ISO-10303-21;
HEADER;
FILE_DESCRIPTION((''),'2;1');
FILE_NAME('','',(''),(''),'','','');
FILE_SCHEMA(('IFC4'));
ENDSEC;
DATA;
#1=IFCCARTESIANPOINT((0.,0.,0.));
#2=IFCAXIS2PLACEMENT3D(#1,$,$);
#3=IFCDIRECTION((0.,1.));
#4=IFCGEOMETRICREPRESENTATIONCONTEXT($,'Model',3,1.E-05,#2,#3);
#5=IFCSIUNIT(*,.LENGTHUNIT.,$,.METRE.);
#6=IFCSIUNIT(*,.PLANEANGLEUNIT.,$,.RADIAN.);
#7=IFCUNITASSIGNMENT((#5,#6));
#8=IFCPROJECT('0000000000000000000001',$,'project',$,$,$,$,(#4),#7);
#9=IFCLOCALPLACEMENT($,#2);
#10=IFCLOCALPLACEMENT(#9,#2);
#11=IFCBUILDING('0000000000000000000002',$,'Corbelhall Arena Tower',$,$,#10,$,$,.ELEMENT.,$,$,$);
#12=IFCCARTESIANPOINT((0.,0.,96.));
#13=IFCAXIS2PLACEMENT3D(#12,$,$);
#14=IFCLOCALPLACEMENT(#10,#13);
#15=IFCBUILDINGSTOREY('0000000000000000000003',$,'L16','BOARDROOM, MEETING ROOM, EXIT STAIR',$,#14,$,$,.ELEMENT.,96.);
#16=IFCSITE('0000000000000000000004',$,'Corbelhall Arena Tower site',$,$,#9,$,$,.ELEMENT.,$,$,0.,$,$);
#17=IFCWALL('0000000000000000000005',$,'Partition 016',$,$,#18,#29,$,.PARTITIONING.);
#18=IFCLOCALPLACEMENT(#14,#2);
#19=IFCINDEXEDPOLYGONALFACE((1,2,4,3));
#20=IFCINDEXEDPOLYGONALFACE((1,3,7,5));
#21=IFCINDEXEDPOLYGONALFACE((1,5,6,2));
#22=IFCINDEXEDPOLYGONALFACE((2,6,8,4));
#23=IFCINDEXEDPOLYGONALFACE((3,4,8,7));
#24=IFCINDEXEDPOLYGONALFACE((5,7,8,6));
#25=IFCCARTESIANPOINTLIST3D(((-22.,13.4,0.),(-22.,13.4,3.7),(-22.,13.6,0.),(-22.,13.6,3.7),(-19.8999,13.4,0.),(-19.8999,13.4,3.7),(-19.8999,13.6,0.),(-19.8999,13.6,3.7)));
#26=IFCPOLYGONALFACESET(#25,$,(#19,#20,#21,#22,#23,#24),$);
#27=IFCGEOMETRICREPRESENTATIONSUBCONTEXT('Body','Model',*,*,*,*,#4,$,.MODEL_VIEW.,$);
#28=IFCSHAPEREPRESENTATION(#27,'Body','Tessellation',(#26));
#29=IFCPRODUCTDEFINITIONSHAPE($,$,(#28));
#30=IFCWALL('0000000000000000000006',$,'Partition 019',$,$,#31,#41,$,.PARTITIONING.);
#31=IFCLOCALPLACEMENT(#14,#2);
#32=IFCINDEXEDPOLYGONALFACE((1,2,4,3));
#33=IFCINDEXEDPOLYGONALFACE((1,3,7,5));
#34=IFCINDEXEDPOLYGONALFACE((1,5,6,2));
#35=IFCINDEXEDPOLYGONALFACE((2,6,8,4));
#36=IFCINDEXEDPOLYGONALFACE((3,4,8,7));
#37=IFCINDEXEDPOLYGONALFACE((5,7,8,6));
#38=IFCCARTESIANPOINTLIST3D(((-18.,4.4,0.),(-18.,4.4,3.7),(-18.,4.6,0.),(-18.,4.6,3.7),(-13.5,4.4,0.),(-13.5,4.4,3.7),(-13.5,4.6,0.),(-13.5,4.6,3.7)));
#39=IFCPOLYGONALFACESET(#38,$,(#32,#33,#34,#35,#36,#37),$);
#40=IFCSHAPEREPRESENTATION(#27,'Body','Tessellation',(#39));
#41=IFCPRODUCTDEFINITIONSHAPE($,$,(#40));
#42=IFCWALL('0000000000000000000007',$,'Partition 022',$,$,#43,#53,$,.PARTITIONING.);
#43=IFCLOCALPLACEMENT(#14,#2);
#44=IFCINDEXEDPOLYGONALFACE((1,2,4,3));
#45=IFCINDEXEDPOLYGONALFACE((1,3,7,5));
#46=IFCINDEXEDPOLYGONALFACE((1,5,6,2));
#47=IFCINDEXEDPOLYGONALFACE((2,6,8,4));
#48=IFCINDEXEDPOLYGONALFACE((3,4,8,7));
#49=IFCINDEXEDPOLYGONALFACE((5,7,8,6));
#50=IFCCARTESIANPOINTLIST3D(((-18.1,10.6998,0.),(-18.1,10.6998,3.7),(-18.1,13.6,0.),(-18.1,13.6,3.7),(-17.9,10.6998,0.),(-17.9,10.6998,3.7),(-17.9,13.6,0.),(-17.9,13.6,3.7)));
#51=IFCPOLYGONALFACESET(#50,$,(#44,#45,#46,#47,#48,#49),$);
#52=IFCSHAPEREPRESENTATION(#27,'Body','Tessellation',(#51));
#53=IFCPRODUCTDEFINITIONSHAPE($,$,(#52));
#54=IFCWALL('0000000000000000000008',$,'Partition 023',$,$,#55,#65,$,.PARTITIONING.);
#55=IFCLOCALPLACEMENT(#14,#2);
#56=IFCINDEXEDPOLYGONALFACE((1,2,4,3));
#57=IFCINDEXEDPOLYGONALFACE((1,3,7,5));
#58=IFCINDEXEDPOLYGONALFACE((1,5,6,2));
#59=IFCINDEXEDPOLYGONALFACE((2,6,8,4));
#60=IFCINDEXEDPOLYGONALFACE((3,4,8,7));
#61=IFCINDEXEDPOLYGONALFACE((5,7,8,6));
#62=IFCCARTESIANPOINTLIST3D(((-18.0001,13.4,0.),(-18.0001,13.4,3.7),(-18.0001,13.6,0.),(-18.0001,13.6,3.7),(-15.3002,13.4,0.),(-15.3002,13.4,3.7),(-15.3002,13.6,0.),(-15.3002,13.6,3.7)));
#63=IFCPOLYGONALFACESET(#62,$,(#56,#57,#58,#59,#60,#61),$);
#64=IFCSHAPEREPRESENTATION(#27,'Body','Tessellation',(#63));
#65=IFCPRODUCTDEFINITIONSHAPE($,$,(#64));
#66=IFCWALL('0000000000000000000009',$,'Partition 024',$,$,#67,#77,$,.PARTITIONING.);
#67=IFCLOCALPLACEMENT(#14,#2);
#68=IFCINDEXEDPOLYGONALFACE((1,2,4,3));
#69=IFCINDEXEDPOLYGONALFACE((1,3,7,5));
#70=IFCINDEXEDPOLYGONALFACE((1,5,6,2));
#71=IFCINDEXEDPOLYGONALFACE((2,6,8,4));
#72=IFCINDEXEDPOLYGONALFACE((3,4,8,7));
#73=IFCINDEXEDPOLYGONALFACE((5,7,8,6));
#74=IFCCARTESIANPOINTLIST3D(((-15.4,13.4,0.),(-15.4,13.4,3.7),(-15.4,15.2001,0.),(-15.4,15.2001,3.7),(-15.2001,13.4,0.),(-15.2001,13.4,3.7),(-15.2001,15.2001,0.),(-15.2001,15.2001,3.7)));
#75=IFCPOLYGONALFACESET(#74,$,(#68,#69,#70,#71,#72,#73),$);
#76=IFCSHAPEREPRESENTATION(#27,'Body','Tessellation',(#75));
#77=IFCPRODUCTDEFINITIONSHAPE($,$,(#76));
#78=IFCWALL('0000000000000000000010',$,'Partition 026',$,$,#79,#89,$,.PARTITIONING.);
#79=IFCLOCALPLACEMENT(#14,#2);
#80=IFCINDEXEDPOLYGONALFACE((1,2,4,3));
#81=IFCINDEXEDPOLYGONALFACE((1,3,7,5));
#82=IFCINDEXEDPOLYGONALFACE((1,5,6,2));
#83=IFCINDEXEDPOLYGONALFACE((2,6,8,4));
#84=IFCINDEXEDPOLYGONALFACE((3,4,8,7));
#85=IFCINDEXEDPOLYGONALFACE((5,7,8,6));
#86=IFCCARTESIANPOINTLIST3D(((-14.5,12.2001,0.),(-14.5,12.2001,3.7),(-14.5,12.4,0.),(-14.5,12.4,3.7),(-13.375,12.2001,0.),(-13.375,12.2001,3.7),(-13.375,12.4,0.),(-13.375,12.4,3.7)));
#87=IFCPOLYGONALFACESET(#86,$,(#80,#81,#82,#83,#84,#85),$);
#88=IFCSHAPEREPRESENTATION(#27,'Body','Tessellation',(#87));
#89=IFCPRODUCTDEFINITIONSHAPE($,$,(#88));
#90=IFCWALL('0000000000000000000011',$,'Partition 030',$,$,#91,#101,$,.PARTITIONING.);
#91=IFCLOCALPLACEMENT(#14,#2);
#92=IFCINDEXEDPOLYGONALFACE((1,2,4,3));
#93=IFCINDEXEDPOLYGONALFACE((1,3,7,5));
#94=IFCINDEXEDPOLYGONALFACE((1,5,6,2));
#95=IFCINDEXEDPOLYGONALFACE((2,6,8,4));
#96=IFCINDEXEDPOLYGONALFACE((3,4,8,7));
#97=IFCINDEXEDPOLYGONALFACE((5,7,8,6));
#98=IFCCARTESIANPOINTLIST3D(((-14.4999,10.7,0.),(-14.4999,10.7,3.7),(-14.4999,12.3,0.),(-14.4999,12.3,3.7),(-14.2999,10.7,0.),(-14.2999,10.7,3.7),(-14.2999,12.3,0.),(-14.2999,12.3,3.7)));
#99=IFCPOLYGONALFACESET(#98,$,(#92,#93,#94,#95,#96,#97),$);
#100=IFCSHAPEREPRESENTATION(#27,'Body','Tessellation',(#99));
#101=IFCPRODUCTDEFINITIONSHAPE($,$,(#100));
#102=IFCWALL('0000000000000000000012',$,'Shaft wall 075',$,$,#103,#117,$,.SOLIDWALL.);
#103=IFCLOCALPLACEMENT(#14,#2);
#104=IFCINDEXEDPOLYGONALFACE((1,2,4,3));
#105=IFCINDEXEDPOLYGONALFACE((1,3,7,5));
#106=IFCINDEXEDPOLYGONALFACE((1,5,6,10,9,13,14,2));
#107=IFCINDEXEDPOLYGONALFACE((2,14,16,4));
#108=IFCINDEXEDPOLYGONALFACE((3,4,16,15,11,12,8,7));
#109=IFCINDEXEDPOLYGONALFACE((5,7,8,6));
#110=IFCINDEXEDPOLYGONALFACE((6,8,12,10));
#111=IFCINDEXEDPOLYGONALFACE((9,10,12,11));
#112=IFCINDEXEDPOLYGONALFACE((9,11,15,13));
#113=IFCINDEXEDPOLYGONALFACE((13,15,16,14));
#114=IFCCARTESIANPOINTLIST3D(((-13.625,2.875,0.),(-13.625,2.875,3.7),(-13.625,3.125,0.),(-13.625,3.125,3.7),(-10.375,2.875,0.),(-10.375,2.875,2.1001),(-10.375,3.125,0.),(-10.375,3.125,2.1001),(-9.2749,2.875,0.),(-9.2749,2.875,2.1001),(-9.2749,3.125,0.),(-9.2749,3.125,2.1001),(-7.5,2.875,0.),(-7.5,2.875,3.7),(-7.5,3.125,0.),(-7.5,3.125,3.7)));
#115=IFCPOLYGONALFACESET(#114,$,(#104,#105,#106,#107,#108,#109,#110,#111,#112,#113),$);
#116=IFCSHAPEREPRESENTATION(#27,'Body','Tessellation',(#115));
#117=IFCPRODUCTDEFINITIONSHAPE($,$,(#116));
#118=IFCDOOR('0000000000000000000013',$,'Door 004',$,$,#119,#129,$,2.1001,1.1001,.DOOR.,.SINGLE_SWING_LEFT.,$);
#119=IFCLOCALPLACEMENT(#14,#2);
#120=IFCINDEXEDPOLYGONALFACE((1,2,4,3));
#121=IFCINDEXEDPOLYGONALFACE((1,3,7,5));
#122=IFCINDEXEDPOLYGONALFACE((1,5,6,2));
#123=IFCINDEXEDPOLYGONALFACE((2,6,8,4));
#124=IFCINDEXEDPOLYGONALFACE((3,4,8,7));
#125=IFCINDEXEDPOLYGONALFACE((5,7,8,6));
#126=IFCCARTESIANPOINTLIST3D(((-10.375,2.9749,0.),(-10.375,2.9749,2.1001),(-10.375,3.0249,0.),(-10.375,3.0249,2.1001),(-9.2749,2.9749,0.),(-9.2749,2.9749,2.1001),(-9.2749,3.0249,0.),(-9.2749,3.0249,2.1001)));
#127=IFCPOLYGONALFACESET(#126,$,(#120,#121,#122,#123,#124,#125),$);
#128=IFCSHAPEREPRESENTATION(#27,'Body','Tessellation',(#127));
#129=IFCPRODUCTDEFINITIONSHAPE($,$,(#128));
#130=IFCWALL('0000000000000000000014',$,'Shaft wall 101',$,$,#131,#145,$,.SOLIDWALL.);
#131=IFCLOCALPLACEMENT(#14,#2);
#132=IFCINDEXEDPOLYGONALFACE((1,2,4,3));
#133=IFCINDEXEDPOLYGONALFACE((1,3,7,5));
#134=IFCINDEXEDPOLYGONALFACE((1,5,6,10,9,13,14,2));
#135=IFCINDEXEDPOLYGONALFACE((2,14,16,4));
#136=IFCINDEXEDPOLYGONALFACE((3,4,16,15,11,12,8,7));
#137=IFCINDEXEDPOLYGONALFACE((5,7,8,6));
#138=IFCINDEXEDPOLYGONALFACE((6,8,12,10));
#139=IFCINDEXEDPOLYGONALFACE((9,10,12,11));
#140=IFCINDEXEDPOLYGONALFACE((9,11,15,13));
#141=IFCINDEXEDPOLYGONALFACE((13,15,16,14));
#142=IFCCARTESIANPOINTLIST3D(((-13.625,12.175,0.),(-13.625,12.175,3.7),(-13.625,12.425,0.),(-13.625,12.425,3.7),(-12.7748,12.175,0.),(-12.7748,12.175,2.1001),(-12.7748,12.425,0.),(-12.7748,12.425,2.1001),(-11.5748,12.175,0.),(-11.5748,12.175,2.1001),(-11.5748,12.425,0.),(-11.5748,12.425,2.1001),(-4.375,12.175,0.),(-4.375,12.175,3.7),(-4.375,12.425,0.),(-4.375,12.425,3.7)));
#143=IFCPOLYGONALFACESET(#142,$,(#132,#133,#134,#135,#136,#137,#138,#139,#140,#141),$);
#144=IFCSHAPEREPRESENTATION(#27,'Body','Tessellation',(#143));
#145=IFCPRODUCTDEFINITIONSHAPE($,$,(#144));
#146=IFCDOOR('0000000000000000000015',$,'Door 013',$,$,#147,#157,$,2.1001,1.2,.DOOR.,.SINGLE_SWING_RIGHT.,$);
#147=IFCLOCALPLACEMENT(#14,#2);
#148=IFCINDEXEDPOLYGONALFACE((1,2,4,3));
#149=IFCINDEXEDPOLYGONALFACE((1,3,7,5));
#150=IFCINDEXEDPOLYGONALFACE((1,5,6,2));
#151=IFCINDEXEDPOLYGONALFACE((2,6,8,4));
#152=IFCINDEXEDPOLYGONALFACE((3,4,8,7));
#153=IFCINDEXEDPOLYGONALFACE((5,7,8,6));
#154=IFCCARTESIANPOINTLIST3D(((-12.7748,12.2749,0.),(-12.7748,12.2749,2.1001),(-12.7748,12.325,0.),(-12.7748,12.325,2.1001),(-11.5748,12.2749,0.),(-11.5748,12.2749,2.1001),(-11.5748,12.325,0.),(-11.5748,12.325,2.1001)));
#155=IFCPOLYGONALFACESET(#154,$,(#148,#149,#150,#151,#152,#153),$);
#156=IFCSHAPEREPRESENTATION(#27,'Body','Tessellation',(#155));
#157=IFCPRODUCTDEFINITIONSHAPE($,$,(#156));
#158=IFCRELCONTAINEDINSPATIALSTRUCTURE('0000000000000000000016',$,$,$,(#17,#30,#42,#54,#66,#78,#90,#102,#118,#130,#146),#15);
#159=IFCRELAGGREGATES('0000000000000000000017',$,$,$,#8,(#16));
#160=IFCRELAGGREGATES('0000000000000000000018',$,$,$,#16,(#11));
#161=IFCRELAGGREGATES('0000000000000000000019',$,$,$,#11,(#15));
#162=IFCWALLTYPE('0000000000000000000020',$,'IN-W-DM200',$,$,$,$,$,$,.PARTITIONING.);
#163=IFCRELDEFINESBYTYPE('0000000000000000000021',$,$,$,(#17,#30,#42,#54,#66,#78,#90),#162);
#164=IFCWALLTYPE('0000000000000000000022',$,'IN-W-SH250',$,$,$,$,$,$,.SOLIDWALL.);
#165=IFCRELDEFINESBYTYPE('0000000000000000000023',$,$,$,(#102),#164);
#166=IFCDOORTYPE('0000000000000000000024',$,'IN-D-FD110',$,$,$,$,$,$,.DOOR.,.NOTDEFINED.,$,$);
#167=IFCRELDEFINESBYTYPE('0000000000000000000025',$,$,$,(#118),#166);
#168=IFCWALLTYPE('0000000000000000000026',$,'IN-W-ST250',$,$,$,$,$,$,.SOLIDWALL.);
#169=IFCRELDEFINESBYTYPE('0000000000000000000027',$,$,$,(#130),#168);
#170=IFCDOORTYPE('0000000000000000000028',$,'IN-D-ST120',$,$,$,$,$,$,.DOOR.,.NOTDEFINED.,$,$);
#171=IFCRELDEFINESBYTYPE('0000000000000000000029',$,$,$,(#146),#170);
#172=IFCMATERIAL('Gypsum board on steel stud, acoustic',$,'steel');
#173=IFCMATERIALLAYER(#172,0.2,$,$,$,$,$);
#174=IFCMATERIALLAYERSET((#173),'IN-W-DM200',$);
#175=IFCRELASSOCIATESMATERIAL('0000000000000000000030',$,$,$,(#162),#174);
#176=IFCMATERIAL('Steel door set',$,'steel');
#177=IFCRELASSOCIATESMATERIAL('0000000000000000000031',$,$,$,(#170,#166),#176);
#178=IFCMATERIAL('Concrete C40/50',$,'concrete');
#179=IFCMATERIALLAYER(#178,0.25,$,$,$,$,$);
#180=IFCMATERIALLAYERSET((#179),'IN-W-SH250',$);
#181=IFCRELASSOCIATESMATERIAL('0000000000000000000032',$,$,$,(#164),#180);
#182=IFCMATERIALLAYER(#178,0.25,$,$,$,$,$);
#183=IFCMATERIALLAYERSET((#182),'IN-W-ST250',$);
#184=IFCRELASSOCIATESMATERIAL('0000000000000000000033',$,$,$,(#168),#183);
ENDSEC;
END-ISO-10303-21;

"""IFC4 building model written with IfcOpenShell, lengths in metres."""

from ifc_helpers import new_model, si_unit, direction, frame, frame_2d, origin, place, context, subcontext, project, spatial, rectangle, extrude, material, layer, layer_set, type_object, element, fill, save


model = new_model("IFC4")

# Units and contexts
model_context = context("Model", 3, precision=1e-05, world=origin(), true_north=direction((0.0, 1.0)))
body_context = subcontext(model_context, "Body", "Model", "MODEL_VIEW")
ifc_project = project(units=[si_unit("LENGTHUNIT", "METRE"), si_unit("PLANEANGLEUNIT", "RADIAN")], contexts=[model_context])

# Site, building, storey
site_placement = place(None, origin())
site = spatial("IfcSite", under=ifc_project, at=site_placement, Name="Corbelhall Arena Tower site", CompositionType="ELEMENT", RefElevation=0.0)
building_placement = place(site_placement, origin())
building = spatial("IfcBuilding", under=site, at=building_placement, Name="Corbelhall Arena Tower", CompositionType="ELEMENT")
storey_placement = place(building_placement, frame((0.0, 0.0, 96.0)))
storey = spatial("IfcBuildingStorey", under=building, at=storey_placement, Name="L16", Description="BOARDROOM, MEETING ROOM, EXIT STAIR", CompositionType="ELEMENT", Elevation=96.0)

# Shared definitions
ifc_material_1 = material(Name="Gypsum board on steel stud, acoustic", Category="steel")
ifc_layer_1 = layer(ifc_material_1, 0.2)
ifc_layer_set_1 = layer_set([ifc_layer_1], Name="IN-W-DM200")
wall_type_1 = type_object("IfcWallType", Name="IN-W-DM200", PredefinedType="PARTITIONING", material=ifc_layer_set_1)
ifc_material_2 = material(Name="Steel door set", Category="steel")

# Walls
wall_1_placement = place(storey_placement, frame((-19.8999, 13.5, 0.0), z_axis=(0.0, 0.0, 1.0), x_axis=(-1.0, 0.0, 0.0)))
element("IfcWall", 1, at=wall_1_placement, inside=storey, type_object=wall_type_1, Name="Partition 016", PredefinedType="PARTITIONING", context=body_context, shape_type="SweptSolid", body=[
    extrude(rectangle(XDim=2.1001, YDim=0.2, at=frame_2d((1.05, 0.0))), origin(), (0.0, 0.0, 1.0), 3.7),
])
wall_2_placement = place(storey_placement, frame((-18.0, 4.5, 0.0), z_axis=(0.0, 0.0, 1.0), x_axis=(1.0, 0.0, 0.0)))
element("IfcWall", 2, at=wall_2_placement, inside=storey, type_object=wall_type_1, Name="Partition 019", PredefinedType="PARTITIONING", context=body_context, shape_type="SweptSolid", body=[
    extrude(rectangle(XDim=4.5, YDim=0.2, at=frame_2d((2.25, 0.0))), origin(), (0.0, 0.0, 1.0), 3.7),
])

# Walls
wall_3_placement = place(storey_placement, frame((-18.0, 13.6001, 0.0), z_axis=(0.0, 0.0, 1.0), x_axis=(0.0, -1.0, 0.0)))
element("IfcWall", 3, at=wall_3_placement, inside=storey, type_object=wall_type_1, Name="Partition 022", PredefinedType="PARTITIONING", context=body_context, shape_type="SweptSolid", body=[
    extrude(rectangle(XDim=2.9001, YDim=0.2, at=frame_2d((1.4502, 0.0))), origin(), (0.0, 0.0, 1.0), 3.7),
])
wall_4_placement = place(storey_placement, frame((-15.3, 13.5, 0.0), z_axis=(0.0, 0.0, 1.0), x_axis=(-1.0, 0.0, 0.0)))
element("IfcWall", 4, at=wall_4_placement, inside=storey, type_object=wall_type_1, Name="Partition 023", PredefinedType="PARTITIONING", context=body_context, shape_type="SweptSolid", body=[
    extrude(rectangle(XDim=2.7, YDim=0.2, at=frame_2d((1.3501, 0.0))), origin(), (0.0, 0.0, 1.0), 3.7),
])
wall_5_placement = place(storey_placement, frame((-15.3, 15.2, 0.0), z_axis=(0.0, 0.0, 1.0), x_axis=(0.0, -1.0, 0.0)))
element("IfcWall", 5, at=wall_5_placement, inside=storey, type_object=wall_type_1, Name="Partition 024", PredefinedType="PARTITIONING", context=body_context, shape_type="SweptSolid", body=[
    extrude(rectangle(XDim=1.8, YDim=0.2, at=frame_2d((0.8999, 0.0))), origin(), (0.0, 0.0, 1.0), 3.7),
])
wall_6_placement = place(storey_placement, frame((-14.5, 12.3, 0.0), z_axis=(0.0, 0.0, 1.0), x_axis=(1.0, 0.0, 0.0)))
element("IfcWall", 6, at=wall_6_placement, inside=storey, type_object=wall_type_1, Name="Partition 026", PredefinedType="PARTITIONING", context=body_context, shape_type="SweptSolid", body=[
    extrude(rectangle(XDim=1.125, YDim=0.2, at=frame_2d((0.5625, 0.0))), origin(), (0.0, 0.0, 1.0), 3.7),
])
wall_7_placement = place(storey_placement, frame((-14.3999, 10.7, 0.0), z_axis=(0.0, 0.0, 1.0), x_axis=(0.0, 1.0, 0.0)))
element("IfcWall", 7, at=wall_7_placement, inside=storey, type_object=wall_type_1, Name="Partition 030", PredefinedType="PARTITIONING", context=body_context, shape_type="SweptSolid", body=[
    extrude(rectangle(XDim=1.6001, YDim=0.2, at=frame_2d((0.8, 0.0))), origin(), (0.0, 0.0, 1.0), 3.7),
])

# Walls, openings, doors
ifc_material_3 = material(Name="Concrete C40/50", Category="concrete")
door_type_1 = type_object("IfcDoorType", Name="IN-D-ST120", OperationType="NOTDEFINED", PredefinedType="DOOR", material=ifc_material_2)
ifc_layer_2 = layer(ifc_material_3, 0.25)
ifc_layer_set_2 = layer_set([ifc_layer_2], Name="IN-W-SH250")
wall_type_2 = type_object("IfcWallType", Name="IN-W-SH250", PredefinedType="SOLIDWALL", material=ifc_layer_set_2)
wall_8_placement = place(storey_placement, frame((-13.625, 3.0, 0.0), z_axis=(0.0, 0.0, 1.0), x_axis=(1.0, 0.0, 0.0)))
wall_8 = element("IfcWall", 8, at=wall_8_placement, inside=storey, type_object=wall_type_2, Name="Shaft wall 075", PredefinedType="SOLIDWALL", context=body_context, shape_type="SweptSolid", body=[
    extrude(rectangle(XDim=6.125, YDim=0.25, at=frame_2d((3.0625, 0.0))), origin(), (0.0, 0.0, 1.0), 3.7),
])
opening_1_placement = place(wall_8_placement, frame((3.25, 0.0, 0.0)))
opening_1 = element("IfcOpeningElement", 9, at=opening_1_placement, cuts=wall_8, PredefinedType="OPENING", context=body_context, shape_type="SweptSolid", body=[
    extrude(rectangle(XDim=1.1001, YDim=2.1001, at=frame_2d((0.55, 1.05))), frame((0.0, 0.125, 0.0), z_axis=(0.0, -1.0, 0.0), x_axis=(1.0, 0.0, 0.0)), (0.0, 0.0, 1.0), 0.25),
])
door_type_2 = type_object("IfcDoorType", Name="IN-D-FD110", OperationType="NOTDEFINED", PredefinedType="DOOR", material=ifc_material_2)
door_1_placement = place(opening_1_placement, origin())
door_1 = element("IfcDoor", 10, at=door_1_placement, inside=storey, type_object=door_type_2, Name="Door 004", OperationType="SINGLE_SWING_LEFT", OverallHeight=2.1001, OverallWidth=1.1001, PredefinedType="DOOR", context=body_context, shape_type="SweptSolid", body=[
    extrude(rectangle(XDim=1.1001, YDim=2.1001, at=frame_2d((0.55, 1.05))), frame((0.0, 0.0249, 0.0), z_axis=(0.0, -1.0, 0.0), x_axis=(1.0, 0.0, 0.0)), (0.0, 0.0, 1.0), 0.05),
])
fill(opening_1, door_1)
ifc_layer_3 = layer(ifc_material_3, 0.25)
ifc_layer_set_3 = layer_set([ifc_layer_3], Name="IN-W-ST250")
wall_type_3 = type_object("IfcWallType", Name="IN-W-ST250", PredefinedType="SOLIDWALL", material=ifc_layer_set_3)
wall_9_placement = place(storey_placement, frame((-13.625, 12.3, 0.0), z_axis=(0.0, 0.0, 1.0), x_axis=(1.0, 0.0, 0.0)))
wall_9 = element("IfcWall", 11, at=wall_9_placement, inside=storey, type_object=wall_type_3, Name="Shaft wall 101", PredefinedType="SOLIDWALL", context=body_context, shape_type="SweptSolid", body=[
    extrude(rectangle(XDim=9.25, YDim=0.25, at=frame_2d((4.625, 0.0))), origin(), (0.0, 0.0, 1.0), 3.7),
])
opening_2_placement = place(wall_9_placement, frame((0.8501, 0.0, 0.0)))
opening_2 = element("IfcOpeningElement", 12, at=opening_2_placement, cuts=wall_9, PredefinedType="OPENING", context=body_context, shape_type="SweptSolid", body=[
    extrude(rectangle(XDim=1.2, YDim=2.1001, at=frame_2d((0.6001, 1.05))), frame((0.0, 0.125, 0.0), z_axis=(0.0, -1.0, 0.0), x_axis=(1.0, 0.0, 0.0)), (0.0, 0.0, 1.0), 0.25),
])
door_2_placement = place(opening_2_placement, origin())
door_2 = element("IfcDoor", 13, at=door_2_placement, inside=storey, type_object=door_type_1, Name="Door 013", OperationType="SINGLE_SWING_RIGHT", OverallHeight=2.1001, OverallWidth=1.2, PredefinedType="DOOR", context=body_context, shape_type="SweptSolid", body=[
    extrude(rectangle(XDim=1.2, YDim=2.1001, at=frame_2d((0.6001, 1.05))), frame((0.0, 0.0249, 0.0), z_axis=(0.0, -1.0, 0.0), x_axis=(1.0, 0.0, 0.0)), (0.0, 0.0, 1.0), 0.05),
])
fill(opening_2, door_2)

save(model, "model.ifc")
